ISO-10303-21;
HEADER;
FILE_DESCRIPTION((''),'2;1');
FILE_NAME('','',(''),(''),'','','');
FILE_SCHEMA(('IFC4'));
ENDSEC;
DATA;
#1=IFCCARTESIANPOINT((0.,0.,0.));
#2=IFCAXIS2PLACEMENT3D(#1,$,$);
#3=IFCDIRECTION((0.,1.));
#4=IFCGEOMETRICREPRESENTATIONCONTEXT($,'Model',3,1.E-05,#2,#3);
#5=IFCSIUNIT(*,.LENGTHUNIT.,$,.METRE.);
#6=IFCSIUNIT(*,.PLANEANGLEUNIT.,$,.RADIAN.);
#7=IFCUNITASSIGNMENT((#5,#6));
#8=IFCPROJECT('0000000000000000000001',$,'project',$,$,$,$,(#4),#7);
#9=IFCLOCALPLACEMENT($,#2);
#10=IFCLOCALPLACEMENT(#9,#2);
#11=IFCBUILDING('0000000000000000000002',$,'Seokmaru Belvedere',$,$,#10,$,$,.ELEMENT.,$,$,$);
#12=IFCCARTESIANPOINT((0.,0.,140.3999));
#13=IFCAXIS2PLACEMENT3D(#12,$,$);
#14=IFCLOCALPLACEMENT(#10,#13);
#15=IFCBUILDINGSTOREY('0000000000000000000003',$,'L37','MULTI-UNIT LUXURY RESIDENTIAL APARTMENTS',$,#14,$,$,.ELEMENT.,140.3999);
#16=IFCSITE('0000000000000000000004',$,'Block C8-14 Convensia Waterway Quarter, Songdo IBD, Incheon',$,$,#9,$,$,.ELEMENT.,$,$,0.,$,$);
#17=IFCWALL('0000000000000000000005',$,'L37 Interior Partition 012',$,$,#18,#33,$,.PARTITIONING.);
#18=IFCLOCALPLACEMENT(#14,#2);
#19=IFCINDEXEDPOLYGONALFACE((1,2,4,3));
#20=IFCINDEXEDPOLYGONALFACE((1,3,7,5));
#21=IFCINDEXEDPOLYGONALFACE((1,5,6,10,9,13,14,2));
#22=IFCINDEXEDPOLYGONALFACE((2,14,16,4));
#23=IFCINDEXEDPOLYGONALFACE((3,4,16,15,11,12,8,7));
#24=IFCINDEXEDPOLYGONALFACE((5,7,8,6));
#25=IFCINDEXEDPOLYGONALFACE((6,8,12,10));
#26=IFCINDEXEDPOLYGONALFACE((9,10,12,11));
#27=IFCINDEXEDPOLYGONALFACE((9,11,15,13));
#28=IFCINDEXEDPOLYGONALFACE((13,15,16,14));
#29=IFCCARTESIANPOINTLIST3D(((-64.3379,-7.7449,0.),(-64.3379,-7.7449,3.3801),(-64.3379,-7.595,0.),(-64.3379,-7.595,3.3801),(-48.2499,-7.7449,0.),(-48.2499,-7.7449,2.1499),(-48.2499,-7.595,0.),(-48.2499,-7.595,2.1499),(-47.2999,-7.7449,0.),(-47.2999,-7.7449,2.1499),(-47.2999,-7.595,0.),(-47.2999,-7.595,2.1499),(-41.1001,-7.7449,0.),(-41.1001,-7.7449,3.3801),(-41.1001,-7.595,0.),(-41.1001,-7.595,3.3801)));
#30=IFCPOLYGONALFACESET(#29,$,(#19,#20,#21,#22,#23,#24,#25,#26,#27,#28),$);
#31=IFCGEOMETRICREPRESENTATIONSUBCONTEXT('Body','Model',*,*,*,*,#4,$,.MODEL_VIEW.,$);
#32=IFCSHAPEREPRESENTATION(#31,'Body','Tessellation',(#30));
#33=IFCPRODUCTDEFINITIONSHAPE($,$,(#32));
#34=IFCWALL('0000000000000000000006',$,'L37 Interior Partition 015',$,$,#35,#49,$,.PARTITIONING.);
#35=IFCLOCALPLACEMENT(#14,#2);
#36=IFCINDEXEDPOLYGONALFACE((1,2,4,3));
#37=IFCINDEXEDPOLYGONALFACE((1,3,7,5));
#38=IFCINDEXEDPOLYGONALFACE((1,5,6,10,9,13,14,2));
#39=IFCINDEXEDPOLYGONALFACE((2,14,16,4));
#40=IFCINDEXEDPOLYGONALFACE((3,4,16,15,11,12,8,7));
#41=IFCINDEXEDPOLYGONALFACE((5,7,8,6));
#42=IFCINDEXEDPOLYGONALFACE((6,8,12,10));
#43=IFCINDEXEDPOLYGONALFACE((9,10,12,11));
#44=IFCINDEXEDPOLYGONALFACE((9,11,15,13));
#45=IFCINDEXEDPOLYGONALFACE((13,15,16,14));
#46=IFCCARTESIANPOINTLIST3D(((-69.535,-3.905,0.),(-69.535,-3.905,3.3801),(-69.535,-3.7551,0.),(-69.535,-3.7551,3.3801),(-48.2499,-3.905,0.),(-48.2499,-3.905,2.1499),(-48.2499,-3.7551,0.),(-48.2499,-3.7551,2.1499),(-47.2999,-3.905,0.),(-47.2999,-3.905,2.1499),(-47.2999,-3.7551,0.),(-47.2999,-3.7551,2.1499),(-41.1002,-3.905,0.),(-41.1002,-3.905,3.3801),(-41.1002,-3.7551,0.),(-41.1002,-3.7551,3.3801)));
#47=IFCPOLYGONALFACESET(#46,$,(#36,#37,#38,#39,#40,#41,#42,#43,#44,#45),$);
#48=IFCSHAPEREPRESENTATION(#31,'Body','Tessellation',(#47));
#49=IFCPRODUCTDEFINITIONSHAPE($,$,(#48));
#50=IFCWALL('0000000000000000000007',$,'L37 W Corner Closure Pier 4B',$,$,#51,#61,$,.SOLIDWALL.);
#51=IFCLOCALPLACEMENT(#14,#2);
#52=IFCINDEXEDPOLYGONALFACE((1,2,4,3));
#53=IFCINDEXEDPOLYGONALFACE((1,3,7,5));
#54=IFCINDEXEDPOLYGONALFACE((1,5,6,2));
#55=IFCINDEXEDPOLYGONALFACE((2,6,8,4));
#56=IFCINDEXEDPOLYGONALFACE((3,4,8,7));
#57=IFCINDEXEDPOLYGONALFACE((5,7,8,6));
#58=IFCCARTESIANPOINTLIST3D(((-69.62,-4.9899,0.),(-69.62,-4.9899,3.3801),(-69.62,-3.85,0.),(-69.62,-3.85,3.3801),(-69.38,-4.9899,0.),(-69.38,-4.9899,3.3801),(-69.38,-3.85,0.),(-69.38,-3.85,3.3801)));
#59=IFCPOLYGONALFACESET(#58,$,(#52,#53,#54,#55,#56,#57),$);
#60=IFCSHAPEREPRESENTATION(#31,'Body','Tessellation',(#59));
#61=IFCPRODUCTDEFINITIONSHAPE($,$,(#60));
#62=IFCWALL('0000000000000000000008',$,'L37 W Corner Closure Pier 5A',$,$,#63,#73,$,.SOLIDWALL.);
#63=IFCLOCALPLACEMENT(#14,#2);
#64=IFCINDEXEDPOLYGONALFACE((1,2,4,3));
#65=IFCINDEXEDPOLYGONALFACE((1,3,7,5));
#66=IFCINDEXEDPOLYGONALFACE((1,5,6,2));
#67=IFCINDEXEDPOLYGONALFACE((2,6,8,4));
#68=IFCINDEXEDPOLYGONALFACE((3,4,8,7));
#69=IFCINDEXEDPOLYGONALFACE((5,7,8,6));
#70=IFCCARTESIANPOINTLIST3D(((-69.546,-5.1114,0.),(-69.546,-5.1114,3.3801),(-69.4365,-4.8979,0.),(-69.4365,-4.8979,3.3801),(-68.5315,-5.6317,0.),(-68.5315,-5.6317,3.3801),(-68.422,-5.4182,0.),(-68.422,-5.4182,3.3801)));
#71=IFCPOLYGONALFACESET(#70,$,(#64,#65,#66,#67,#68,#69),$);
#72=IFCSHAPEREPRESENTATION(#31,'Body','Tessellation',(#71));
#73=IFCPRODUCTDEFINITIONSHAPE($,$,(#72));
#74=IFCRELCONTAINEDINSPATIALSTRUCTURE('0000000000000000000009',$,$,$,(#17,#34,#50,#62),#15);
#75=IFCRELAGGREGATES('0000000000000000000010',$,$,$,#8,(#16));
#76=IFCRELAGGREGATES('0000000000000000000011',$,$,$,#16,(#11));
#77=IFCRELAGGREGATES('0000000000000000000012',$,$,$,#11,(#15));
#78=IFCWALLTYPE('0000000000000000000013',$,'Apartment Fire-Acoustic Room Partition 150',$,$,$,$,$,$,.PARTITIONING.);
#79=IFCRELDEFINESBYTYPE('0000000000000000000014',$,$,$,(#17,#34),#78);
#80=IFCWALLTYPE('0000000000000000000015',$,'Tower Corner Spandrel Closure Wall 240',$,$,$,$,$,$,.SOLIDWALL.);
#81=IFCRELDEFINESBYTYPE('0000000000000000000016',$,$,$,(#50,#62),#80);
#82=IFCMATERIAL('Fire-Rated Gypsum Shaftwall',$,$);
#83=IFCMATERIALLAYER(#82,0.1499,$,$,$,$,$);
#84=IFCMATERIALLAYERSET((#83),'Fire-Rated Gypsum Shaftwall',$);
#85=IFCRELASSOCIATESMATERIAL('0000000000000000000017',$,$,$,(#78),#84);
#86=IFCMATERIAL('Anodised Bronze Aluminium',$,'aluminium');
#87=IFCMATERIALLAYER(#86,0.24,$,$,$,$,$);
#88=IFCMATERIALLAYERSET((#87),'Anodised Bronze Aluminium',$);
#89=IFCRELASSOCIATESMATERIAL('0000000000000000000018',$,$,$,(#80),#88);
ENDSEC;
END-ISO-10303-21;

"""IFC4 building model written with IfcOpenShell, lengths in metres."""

from ifc_helpers import new_model, si_unit, direction, frame, frame_2d, origin, place, context, subcontext, project, spatial, rectangle, extrude, material, layer, layer_set, type_object, element, save


model = new_model("IFC4")

# Units and contexts
model_context = context("Model", 3, precision=1e-05, world=origin(), true_north=direction((0.0, 1.0)))
body_context = subcontext(model_context, "Body", "Model", "MODEL_VIEW")
ifc_project = project(units=[si_unit("LENGTHUNIT", "METRE"), si_unit("PLANEANGLEUNIT", "RADIAN")], contexts=[model_context])

# Site, building, storey
site_placement = place(None, origin())
site = spatial("IfcSite", under=ifc_project, at=site_placement, Name="Block C8-14 Convensia Waterway Quarter, Songdo IBD, Incheon", CompositionType="ELEMENT", RefElevation=0.0)
building_placement = place(site_placement, origin())
building = spatial("IfcBuilding", under=site, at=building_placement, Name="Seokmaru Belvedere", CompositionType="ELEMENT")
storey_placement = place(building_placement, frame((0.0, 0.0, 140.3999)))
storey = spatial("IfcBuildingStorey", under=building, at=storey_placement, Name="L37", Description="MULTI-UNIT LUXURY RESIDENTIAL APARTMENTS", CompositionType="ELEMENT", Elevation=140.3999)

# Shared definitions
ifc_material_1 = material(Name="Anodised Bronze Aluminium", Category="aluminium")

# Walls, openings
ifc_material_2 = material(Name="Fire-Rated Gypsum Shaftwall")
ifc_layer_1 = layer(ifc_material_2, 0.1499)
ifc_layer_set_1 = layer_set([ifc_layer_1], Name="Fire-Rated Gypsum Shaftwall")
wall_type_1 = type_object("IfcWallType", Name="Apartment Fire-Acoustic Room Partition 150", PredefinedType="PARTITIONING", material=ifc_layer_set_1)
wall_1_placement = place(storey_placement, frame((-64.3379, -7.6699, 0.0), z_axis=(0.0, 0.0, 1.0), x_axis=(1.0, 0.0, 0.0)))
wall_1 = element("IfcWall", 1, at=wall_1_placement, inside=storey, type_object=wall_type_1, Name="L37 Interior Partition 012", PredefinedType="PARTITIONING", context=body_context, shape_type="SweptSolid", body=[
    extrude(rectangle(XDim=23.2378, YDim=0.1499, at=frame_2d((11.6189, 0.0))), origin(), (0.0, 0.0, 1.0), 3.3801),
])
opening_1_placement = place(wall_1_placement, frame((16.0879, 0.0, 0.0)))
element("IfcOpeningElement", 2, at=opening_1_placement, cuts=wall_1, PredefinedType="OPENING", context=body_context, shape_type="SweptSolid", body=[
    extrude(rectangle(XDim=0.95, YDim=2.1499, at=frame_2d((0.4751, 1.075))), frame((0.0, 0.085, 0.0), z_axis=(0.0, -1.0, 0.0), x_axis=(1.0, 0.0, 0.0)), (0.0, 0.0, 1.0), 0.1699),
])
wall_2_placement = place(storey_placement, frame((-69.5349, -3.8301, 0.0), z_axis=(0.0, 0.0, 1.0), x_axis=(1.0, 0.0, 0.0)))
wall_2 = element("IfcWall", 3, at=wall_2_placement, inside=storey, type_object=wall_type_1, Name="L37 Interior Partition 015", PredefinedType="PARTITIONING", context=body_context, shape_type="SweptSolid", body=[
    extrude(rectangle(XDim=28.4348, YDim=0.1499, at=frame_2d((14.2173, 0.0))), origin(), (0.0, 0.0, 1.0), 3.3801),
])
opening_2_placement = place(wall_2_placement, frame((21.2849, 0.0, 0.0)))
element("IfcOpeningElement", 4, at=opening_2_placement, cuts=wall_2, PredefinedType="OPENING", context=body_context, shape_type="SweptSolid", body=[
    extrude(rectangle(XDim=0.95, YDim=2.1499, at=frame_2d((0.4751, 1.075))), frame((0.0, 0.085, 0.0), z_axis=(0.0, -1.0, 0.0), x_axis=(1.0, 0.0, 0.0)), (0.0, 0.0, 1.0), 0.1699),
])

# Walls
ifc_layer_2 = layer(ifc_material_1, 0.24)
ifc_layer_set_2 = layer_set([ifc_layer_2], Name="Anodised Bronze Aluminium")
wall_type_2 = type_object("IfcWallType", Name="Tower Corner Spandrel Closure Wall 240", PredefinedType="SOLIDWALL", material=ifc_layer_set_2)
wall_3_placement = place(storey_placement, frame((-69.5, -3.8501, 0.0), z_axis=(0.0, 0.0, 1.0), x_axis=(0.0, -1.0, 0.0)))
element("IfcWall", 5, at=wall_3_placement, inside=storey, type_object=wall_type_2, Name="L37 W Corner Closure Pier 4B", PredefinedType="SOLIDWALL", context=body_context, shape_type="SweptSolid", body=[
    extrude(rectangle(XDim=1.1399, YDim=0.24, at=frame_2d((0.5698, 0.0))), origin(), (0.0, 0.0, 1.0), 3.3801),
])
wall_4_placement = place(storey_placement, frame((-69.4912, -5.0046, 0.0), z_axis=(0.0, 0.0, 1.0), x_axis=(0.889797, -0.456356, 0.0)))
element("IfcWall", 6, at=wall_4_placement, inside=storey, type_object=wall_type_2, Name="L37 W Corner Closure Pier 5A", PredefinedType="SOLIDWALL", context=body_context, shape_type="SweptSolid", body=[
    extrude(rectangle(XDim=1.1401, YDim=0.24, at=frame_2d((0.5701, 0.0))), origin(), (0.0, 0.0, 1.0), 3.3801),
])

save(model, "model.ifc")
